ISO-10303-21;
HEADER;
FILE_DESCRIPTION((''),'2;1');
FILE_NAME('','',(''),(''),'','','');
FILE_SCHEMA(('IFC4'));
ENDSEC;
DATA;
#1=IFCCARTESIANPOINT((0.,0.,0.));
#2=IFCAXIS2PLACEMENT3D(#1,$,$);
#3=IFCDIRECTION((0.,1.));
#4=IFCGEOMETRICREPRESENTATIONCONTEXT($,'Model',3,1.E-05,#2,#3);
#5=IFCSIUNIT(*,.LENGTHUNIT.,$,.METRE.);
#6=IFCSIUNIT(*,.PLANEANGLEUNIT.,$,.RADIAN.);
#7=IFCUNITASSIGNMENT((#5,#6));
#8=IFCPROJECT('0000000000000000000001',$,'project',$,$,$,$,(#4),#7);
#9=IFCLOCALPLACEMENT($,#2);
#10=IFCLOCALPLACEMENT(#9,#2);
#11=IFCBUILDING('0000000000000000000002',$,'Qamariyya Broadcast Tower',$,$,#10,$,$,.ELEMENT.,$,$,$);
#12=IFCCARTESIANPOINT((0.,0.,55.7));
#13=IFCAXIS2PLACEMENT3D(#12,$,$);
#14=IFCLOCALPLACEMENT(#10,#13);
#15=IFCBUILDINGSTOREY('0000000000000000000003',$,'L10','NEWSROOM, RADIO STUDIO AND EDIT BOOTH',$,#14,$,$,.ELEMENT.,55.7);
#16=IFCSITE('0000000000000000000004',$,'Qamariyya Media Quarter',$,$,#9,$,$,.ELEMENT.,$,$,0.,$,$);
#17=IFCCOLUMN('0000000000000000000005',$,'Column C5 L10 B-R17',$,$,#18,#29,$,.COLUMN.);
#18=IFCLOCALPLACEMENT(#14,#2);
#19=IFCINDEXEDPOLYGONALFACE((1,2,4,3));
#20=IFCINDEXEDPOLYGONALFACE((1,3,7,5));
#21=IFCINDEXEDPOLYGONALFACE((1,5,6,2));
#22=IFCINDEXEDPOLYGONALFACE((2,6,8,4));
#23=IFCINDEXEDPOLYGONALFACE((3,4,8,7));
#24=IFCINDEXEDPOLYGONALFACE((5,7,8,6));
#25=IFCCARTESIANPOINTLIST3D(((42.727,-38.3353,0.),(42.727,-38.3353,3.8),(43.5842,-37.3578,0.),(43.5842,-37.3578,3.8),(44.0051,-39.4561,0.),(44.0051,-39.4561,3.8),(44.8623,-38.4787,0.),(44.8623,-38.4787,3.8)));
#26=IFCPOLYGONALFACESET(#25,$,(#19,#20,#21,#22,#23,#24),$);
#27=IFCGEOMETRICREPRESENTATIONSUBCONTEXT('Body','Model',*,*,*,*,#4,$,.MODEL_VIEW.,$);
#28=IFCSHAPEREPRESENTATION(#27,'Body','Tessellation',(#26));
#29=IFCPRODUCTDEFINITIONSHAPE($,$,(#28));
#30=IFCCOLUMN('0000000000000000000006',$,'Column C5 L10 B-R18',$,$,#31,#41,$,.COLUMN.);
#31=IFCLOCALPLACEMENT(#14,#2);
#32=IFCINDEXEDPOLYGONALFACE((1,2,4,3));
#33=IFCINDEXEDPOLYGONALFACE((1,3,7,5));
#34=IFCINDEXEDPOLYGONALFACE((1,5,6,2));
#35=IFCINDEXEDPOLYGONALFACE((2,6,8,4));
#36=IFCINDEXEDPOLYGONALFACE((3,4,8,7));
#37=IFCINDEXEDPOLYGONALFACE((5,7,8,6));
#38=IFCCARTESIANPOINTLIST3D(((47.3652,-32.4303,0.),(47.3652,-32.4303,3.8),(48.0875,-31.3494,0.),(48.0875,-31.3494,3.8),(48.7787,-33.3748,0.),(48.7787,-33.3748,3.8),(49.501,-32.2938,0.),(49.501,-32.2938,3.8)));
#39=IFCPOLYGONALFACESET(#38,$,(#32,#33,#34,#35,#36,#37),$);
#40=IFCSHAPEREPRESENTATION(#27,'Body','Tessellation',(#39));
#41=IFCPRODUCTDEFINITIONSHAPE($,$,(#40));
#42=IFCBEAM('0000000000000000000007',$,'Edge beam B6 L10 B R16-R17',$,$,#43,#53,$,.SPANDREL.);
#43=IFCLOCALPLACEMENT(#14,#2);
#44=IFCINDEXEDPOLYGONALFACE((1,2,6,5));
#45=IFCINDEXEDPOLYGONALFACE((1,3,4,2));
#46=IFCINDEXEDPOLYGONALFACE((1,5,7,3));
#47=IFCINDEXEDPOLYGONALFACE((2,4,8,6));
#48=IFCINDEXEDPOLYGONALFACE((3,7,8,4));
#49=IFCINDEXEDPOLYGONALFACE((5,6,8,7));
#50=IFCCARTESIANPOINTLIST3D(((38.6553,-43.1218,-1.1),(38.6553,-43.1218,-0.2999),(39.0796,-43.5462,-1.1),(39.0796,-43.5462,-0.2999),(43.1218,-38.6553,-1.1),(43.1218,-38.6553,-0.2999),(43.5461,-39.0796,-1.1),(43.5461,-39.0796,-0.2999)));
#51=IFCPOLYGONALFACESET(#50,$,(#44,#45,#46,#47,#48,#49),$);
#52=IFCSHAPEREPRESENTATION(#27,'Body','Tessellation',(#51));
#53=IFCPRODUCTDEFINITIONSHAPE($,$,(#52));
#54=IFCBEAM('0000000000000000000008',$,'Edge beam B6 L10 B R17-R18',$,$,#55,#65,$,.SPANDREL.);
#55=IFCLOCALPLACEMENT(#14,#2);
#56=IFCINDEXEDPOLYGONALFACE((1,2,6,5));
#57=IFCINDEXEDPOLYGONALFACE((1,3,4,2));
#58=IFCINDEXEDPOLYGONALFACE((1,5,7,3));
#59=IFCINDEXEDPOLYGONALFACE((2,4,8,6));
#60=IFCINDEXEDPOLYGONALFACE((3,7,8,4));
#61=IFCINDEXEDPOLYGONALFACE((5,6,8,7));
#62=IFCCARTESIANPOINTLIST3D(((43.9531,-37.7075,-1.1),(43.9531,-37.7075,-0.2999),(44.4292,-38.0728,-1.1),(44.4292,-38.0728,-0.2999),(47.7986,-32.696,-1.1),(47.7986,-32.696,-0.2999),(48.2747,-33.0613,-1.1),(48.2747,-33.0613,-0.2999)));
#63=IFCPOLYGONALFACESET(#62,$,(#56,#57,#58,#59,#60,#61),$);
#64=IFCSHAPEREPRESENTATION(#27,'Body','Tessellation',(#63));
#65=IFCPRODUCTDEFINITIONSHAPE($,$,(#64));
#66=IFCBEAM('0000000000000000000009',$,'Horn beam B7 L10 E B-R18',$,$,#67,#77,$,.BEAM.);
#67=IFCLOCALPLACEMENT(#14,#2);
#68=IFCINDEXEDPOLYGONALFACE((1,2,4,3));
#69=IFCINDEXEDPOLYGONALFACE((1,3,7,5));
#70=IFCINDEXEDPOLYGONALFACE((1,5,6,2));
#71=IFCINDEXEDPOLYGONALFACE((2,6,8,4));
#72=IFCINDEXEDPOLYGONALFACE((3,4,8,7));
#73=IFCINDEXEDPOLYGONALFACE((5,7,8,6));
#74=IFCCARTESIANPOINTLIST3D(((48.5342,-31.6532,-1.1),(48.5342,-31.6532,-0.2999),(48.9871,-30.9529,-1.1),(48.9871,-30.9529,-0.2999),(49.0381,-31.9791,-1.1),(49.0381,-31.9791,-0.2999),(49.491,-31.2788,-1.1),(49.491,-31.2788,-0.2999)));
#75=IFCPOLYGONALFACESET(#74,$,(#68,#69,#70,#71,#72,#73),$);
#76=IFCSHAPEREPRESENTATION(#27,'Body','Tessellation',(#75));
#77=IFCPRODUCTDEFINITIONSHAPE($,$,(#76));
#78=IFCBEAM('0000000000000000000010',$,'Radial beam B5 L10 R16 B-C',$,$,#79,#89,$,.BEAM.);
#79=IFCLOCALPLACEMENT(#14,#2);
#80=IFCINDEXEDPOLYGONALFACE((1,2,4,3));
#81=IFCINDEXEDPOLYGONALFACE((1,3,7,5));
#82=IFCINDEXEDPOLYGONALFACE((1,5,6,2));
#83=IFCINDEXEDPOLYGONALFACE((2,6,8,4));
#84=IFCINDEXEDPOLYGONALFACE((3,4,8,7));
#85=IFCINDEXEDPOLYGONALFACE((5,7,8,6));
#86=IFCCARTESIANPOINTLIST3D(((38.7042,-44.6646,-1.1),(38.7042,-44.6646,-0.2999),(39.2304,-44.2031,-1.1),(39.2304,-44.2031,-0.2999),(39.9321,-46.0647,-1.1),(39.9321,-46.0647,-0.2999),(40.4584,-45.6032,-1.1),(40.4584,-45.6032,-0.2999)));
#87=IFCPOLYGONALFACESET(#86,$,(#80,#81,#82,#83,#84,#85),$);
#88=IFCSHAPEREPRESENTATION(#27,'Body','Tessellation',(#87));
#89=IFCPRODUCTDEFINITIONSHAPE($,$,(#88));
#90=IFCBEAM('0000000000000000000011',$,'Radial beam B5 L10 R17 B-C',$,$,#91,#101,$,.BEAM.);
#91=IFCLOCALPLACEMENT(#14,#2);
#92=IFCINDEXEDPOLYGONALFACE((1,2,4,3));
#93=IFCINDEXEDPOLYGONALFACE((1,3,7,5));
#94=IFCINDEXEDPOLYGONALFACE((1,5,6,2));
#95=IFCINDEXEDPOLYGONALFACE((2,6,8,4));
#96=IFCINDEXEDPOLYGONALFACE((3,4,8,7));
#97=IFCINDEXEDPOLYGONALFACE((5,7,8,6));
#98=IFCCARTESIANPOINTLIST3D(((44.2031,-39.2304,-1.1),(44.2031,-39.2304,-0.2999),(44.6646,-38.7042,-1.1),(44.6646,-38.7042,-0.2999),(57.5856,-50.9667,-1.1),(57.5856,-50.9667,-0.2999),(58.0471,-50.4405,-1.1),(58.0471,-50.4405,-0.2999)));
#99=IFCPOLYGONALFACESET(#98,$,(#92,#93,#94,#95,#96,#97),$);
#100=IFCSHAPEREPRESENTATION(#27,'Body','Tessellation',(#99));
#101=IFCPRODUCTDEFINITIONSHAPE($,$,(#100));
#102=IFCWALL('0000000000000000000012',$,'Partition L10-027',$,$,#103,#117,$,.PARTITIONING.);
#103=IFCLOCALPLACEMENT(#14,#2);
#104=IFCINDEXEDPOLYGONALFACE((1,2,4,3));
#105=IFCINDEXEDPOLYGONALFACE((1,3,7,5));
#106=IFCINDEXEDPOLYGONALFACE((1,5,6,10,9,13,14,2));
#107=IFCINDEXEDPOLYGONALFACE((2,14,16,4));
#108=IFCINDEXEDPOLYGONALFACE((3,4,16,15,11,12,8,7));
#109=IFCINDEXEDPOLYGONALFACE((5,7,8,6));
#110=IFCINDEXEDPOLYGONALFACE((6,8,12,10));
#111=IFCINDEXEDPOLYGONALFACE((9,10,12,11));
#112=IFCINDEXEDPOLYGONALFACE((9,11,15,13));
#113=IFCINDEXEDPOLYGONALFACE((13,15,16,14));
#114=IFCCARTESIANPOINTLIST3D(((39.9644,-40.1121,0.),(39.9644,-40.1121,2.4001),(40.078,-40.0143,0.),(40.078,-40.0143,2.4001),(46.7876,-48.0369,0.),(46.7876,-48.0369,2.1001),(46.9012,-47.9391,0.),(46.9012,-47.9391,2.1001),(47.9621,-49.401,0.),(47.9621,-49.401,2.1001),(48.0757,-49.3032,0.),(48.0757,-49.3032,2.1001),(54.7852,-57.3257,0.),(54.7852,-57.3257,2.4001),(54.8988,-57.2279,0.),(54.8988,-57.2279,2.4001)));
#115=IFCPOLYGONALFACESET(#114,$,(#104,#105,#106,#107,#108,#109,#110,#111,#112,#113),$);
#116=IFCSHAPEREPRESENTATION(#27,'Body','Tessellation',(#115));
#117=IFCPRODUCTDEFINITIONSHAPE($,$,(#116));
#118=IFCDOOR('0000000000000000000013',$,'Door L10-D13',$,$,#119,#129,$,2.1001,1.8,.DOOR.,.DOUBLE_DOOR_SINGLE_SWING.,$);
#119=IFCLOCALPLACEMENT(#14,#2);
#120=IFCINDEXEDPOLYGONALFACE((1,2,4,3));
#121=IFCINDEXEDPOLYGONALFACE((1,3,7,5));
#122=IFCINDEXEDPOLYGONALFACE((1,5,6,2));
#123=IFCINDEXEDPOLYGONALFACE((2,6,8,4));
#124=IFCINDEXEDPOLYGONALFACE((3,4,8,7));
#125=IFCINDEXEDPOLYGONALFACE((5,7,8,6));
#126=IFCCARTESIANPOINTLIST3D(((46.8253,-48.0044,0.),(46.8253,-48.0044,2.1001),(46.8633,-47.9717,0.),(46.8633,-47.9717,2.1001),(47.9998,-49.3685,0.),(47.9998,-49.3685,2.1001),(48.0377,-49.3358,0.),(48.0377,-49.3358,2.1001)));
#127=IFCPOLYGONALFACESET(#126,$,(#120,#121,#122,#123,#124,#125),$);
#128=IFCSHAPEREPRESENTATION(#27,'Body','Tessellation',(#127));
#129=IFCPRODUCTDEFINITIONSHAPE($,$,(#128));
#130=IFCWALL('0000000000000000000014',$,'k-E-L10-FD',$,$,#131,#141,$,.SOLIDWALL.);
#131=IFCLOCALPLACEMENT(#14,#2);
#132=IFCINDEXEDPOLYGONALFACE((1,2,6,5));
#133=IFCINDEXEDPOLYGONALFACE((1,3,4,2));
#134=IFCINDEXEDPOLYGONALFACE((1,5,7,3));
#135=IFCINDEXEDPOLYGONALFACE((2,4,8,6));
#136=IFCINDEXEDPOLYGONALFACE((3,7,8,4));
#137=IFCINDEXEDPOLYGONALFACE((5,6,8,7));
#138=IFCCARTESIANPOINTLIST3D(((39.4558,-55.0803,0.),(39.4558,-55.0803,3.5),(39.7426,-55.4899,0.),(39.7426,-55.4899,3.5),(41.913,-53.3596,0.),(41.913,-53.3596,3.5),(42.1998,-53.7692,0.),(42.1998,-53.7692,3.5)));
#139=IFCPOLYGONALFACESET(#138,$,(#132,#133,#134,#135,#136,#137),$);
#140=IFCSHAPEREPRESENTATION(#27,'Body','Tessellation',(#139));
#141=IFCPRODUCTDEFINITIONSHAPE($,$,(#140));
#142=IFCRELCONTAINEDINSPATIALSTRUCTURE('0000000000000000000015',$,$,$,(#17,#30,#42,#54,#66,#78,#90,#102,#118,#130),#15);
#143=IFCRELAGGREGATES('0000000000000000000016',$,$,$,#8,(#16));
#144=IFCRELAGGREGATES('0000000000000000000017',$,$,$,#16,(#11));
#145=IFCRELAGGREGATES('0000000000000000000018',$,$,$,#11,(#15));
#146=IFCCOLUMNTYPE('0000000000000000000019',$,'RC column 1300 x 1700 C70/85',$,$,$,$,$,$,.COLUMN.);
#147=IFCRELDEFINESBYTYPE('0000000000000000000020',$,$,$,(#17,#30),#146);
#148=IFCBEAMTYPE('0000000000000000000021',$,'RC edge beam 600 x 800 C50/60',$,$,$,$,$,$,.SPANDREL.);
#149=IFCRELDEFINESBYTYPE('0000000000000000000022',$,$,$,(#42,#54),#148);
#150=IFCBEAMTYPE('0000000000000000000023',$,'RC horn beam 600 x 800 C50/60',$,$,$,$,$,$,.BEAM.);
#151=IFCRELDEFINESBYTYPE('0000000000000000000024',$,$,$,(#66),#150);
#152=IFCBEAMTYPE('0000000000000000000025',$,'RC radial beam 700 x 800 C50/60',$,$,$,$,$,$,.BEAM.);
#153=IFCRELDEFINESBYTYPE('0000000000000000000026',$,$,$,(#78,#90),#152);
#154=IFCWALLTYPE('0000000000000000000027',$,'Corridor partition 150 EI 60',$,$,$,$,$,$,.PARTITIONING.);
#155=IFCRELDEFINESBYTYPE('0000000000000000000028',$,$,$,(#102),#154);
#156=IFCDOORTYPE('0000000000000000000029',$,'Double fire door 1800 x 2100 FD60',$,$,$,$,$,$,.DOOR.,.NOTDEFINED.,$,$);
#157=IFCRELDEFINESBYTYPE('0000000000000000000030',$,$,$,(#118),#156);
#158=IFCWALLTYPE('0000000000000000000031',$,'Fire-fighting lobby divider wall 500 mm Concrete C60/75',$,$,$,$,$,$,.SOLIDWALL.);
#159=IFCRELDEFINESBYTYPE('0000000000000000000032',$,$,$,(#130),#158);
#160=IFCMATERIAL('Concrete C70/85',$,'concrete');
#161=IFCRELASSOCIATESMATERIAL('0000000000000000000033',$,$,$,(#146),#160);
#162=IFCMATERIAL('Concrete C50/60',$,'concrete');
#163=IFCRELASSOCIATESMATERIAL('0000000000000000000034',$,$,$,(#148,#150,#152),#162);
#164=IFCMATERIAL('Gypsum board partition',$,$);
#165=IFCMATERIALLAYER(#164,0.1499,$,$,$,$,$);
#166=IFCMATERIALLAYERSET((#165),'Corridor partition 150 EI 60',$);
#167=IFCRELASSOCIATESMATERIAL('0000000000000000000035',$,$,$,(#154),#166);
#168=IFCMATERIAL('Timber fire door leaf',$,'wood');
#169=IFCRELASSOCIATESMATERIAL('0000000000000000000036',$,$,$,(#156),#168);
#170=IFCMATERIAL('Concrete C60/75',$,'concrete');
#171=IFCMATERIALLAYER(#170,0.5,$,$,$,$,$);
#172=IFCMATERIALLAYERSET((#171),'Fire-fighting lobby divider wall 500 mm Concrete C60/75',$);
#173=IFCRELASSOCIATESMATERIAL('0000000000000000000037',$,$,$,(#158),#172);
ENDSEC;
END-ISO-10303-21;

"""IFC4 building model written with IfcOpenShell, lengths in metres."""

from ifc_helpers import new_model, si_unit, direction, frame, frame_2d, origin, origin_2d, place, context, subcontext, project, spatial, rectangle, extrude, material, layer, layer_set, material_profile, profile_set, type_object, element, fill, save


model = new_model("IFC4")

# Units and contexts
model_context = context("Model", 3, precision=1e-05, world=origin(), true_north=direction((0.0, 1.0)))
body_context = subcontext(model_context, "Body", "Model", "MODEL_VIEW")
ifc_project = project(units=[si_unit("LENGTHUNIT", "METRE"), si_unit("PLANEANGLEUNIT", "RADIAN")], contexts=[model_context])

# Site, building, storey
site_placement = place(None, origin())
site = spatial("IfcSite", under=ifc_project, at=site_placement, Name="Qamariyya Media Quarter", CompositionType="ELEMENT", RefElevation=0.0)
building_placement = place(site_placement, origin())
building = spatial("IfcBuilding", under=site, at=building_placement, Name="Qamariyya Broadcast Tower", CompositionType="ELEMENT")
storey_placement = place(building_placement, frame((0.0, 0.0, 55.7)))
storey = spatial("IfcBuildingStorey", under=building, at=storey_placement, Name="L10", Description="NEWSROOM, RADIO STUDIO AND EDIT BOOTH", CompositionType="ELEMENT", Elevation=55.7)

# Columns
ifc_material_1 = material(Name="Concrete C70/85", Category="concrete")
ifc_material_profile_1 = material_profile(ifc_material_1, rectangle(XDim=1.3, YDim=1.7, at=origin_2d()))
ifc_profile_set_1 = profile_set([ifc_material_profile_1], Name="Concrete C70/85")
column_type = type_object("IfcColumnType", Name="RC column 1300 x 1700 C70/85", PredefinedType="COLUMN", material=ifc_profile_set_1)
for number, where, z_axis, x_axis, name in (
    (1, (43.7947, -38.407, 0.0), (0.0, 0.0, 1.0), (0.659346, 0.75184, 0.0), "Column C5 L10 B-R17"),
    (2, (48.4331, -32.3621, 0.0), (0.0, 0.0, 1.0), (0.55557, 0.83147, 0.0), "Column C5 L10 B-R18"),
):
    element("IfcColumn", number, at=place(storey_placement, frame(where, z_axis=z_axis, x_axis=x_axis)), inside=storey, type_object=column_type, Name=name, PredefinedType="COLUMN", context=body_context, shape_type="SweptSolid", body=[
        extrude(rectangle(XDim=1.3, YDim=1.7, at=origin_2d()), origin(), (0.0, 0.0, 1.0), 3.8),
    ])

# Beams
ifc_material_2 = material(Name="Concrete C50/60", Category="concrete")
ifc_material_profile_2 = material_profile(ifc_material_2, rectangle(XDim=0.6001, YDim=0.8, at=origin_2d()))
ifc_profile_set_2 = profile_set([ifc_material_profile_2], Name="Concrete C50/60")
beam_type_1 = type_object("IfcBeamType", Name="RC edge beam 600 x 800 C50/60", PredefinedType="SPANDREL", material=ifc_profile_set_2)
beam_1_placement = place(storey_placement, frame((38.8674, -43.334, -0.7), z_axis=(0.707107, 0.707107, 0.0), x_axis=(-0.707107, 0.707107, 0.0)))
element("IfcBeam", 3, at=beam_1_placement, inside=storey, type_object=beam_type_1, Name="Edge beam B6 L10 B R16-R17", PredefinedType="SPANDREL", context=body_context, shape_type="SweptSolid", body=[
    extrude(rectangle(XDim=0.6001, YDim=0.8, at=origin_2d()), origin(), (0.0, 0.0, 1.0), 6.3167),
])
beam_2_placement = place(storey_placement, frame((44.1912, -37.8901, -0.7), z_axis=(0.608763, 0.793352, 0.0), x_axis=(-0.793352, 0.608763, 0.0)))
element("IfcBeam", 4, at=beam_2_placement, inside=storey, type_object=beam_type_1, Name="Edge beam B6 L10 B R17-R18", PredefinedType="SPANDREL", context=body_context, shape_type="SweptSolid", body=[
    extrude(rectangle(XDim=0.6001, YDim=0.8, at=origin_2d()), origin(), (0.0, 0.0, 1.0), 6.3169),
])
ifc_material_profile_3 = material_profile(ifc_material_2, rectangle(XDim=0.6001, YDim=0.8, at=origin_2d()))
ifc_profile_set_3 = profile_set([ifc_material_profile_3], Name="Concrete C50/60")
beam_type_2 = type_object("IfcBeamType", Name="RC horn beam 600 x 800 C50/60", PredefinedType="BEAM", material=ifc_profile_set_3)
beam_3_placement = place(storey_placement, frame((48.7861, -31.8162, -0.7), z_axis=(0.543093, 0.839672, 0.0), x_axis=(-0.839672, 0.543093, 0.0)))
element("IfcBeam", 5, at=beam_3_placement, inside=storey, type_object=beam_type_2, Name="Horn beam B7 L10 E B-R18", PredefinedType="BEAM", context=body_context, shape_type="SweptSolid", body=[
    extrude(rectangle(XDim=0.6001, YDim=0.8, at=origin_2d()), origin(), (0.0, 0.0, 1.0), 0.834),
])
ifc_material_profile_4 = material_profile(ifc_material_2, rectangle(XDim=0.7, YDim=0.8, at=origin_2d()))
ifc_profile_set_4 = profile_set([ifc_material_profile_4], Name="Concrete C50/60")
beam_type_3 = type_object("IfcBeamType", Name="RC radial beam 700 x 800 C50/60", PredefinedType="BEAM", material=ifc_profile_set_4)
beam_4_placement = place(storey_placement, frame((38.9673, -44.4338, -0.7), z_axis=(0.659386, -0.751805, 0.0), x_axis=(0.751805, 0.659386, 0.0)))
element("IfcBeam", 6, at=beam_4_placement, inside=storey, type_object=beam_type_3, Name="Radial beam B5 L10 R16 B-C", PredefinedType="BEAM", context=body_context, shape_type="SweptSolid", body=[
    extrude(rectangle(XDim=0.7, YDim=0.8, at=origin_2d()), origin(), (0.0, 0.0, 1.0), 1.8623),
])
beam_5_placement = place(storey_placement, frame((44.4338, -38.9673, -0.7), z_axis=(0.751836, -0.65935, 0.0), x_axis=(0.65935, 0.751836, 0.0)))
element("IfcBeam", 7, at=beam_5_placement, inside=storey, type_object=beam_type_3, Name="Radial beam B5 L10 R17 B-C", PredefinedType="BEAM", context=body_context, shape_type="SweptSolid", body=[
    extrude(rectangle(XDim=0.7, YDim=0.8, at=origin_2d()), origin(), (0.0, 0.0, 1.0), 17.7998),
])

# Wall, opening, door
ifc_material_3 = material(Name="Gypsum board partition")
ifc_layer_1 = layer(ifc_material_3, 0.1499)
ifc_layer_set_1 = layer_set([ifc_layer_1], Name="Corridor partition 150 EI 60")
wall_type_1 = type_object("IfcWallType", Name="Corridor partition 150 EI 60", PredefinedType="PARTITIONING", material=ifc_layer_set_1)
wall_1_placement = place(storey_placement, frame((40.0212, -40.0632, 0.0), z_axis=(0.0, 0.0, 1.0), x_axis=(0.652472, -0.757813, 0.0)))
wall_1 = element("IfcWall", 8, at=wall_1_placement, inside=storey, type_object=wall_type_1, Name="Partition L10-027", PredefinedType="PARTITIONING", context=body_context, shape_type="SweptSolid", body=[
    extrude(rectangle(XDim=22.7148, YDim=0.1499, at=frame_2d((11.3574, 0.0))), origin(), (0.0, 0.0, 1.0), 2.4001),
])
opening_1_placement = place(wall_1_placement, frame((10.4575, 0.0, 0.0)))
opening_1 = element("IfcOpeningElement", 9, at=opening_1_placement, cuts=wall_1, PredefinedType="OPENING", context=body_context, shape_type="SweptSolid", body=[
    extrude(rectangle(XDim=1.8, YDim=2.1001, at=frame_2d((0.8999, 1.05))), frame((0.0, 0.085, 0.0), z_axis=(0.0, -1.0, 0.0), x_axis=(1.0, 0.0, 0.0)), (0.0, 0.0, 1.0), 0.1699),
])
ifc_material_4 = material(Name="Timber fire door leaf", Category="wood")
door_type_1 = type_object("IfcDoorType", Name="Double fire door 1800 x 2100 FD60", OperationType="NOTDEFINED", PredefinedType="DOOR", material=ifc_material_4)
door_1_placement = place(opening_1_placement, origin())
door_1 = element("IfcDoor", 10, at=door_1_placement, inside=storey, type_object=door_type_1, Name="Door L10-D13", OperationType="DOUBLE_DOOR_SINGLE_SWING", OverallHeight=2.1001, OverallWidth=1.8, PredefinedType="DOOR", context=body_context, shape_type="SweptSolid", body=[
    extrude(rectangle(XDim=1.8, YDim=2.1001, at=frame_2d((0.8999, 1.05))), frame((0.0, 0.0249, 0.0), z_axis=(0.0, -1.0, 0.0), x_axis=(1.0, 0.0, 0.0)), (0.0, 0.0, 1.0), 0.05),
])
fill(opening_1, door_1)

# Wall
ifc_material_5 = material(Name="Concrete C60/75", Category="concrete")
ifc_layer_2 = layer(ifc_material_5, 0.5)
ifc_layer_set_2 = layer_set([ifc_layer_2], Name="Fire-fighting lobby divider wall 500 mm Concrete C60/75")
wall_type_2 = type_object("IfcWallType", Name="Fire-fighting lobby divider wall 500 mm Concrete C60/75", PredefinedType="SOLIDWALL", material=ifc_layer_set_2)
wall_2_placement = place(storey_placement, frame((39.5991, -55.2852, 0.0), z_axis=(0.0, 0.0, 1.0), x_axis=(0.819136, 0.573599, 0.0)))
element("IfcWall", 11, at=wall_2_placement, inside=storey, type_object=wall_type_2, Name="k-E-L10-FD", PredefinedType="SOLIDWALL", context=body_context, shape_type="SweptSolid", body=[
    extrude(rectangle(XDim=2.9998, YDim=0.5, at=frame_2d((1.5, 0.0))), origin(), (0.0, 0.0, 1.0), 3.5),
])

save(model, "model.ifc")
